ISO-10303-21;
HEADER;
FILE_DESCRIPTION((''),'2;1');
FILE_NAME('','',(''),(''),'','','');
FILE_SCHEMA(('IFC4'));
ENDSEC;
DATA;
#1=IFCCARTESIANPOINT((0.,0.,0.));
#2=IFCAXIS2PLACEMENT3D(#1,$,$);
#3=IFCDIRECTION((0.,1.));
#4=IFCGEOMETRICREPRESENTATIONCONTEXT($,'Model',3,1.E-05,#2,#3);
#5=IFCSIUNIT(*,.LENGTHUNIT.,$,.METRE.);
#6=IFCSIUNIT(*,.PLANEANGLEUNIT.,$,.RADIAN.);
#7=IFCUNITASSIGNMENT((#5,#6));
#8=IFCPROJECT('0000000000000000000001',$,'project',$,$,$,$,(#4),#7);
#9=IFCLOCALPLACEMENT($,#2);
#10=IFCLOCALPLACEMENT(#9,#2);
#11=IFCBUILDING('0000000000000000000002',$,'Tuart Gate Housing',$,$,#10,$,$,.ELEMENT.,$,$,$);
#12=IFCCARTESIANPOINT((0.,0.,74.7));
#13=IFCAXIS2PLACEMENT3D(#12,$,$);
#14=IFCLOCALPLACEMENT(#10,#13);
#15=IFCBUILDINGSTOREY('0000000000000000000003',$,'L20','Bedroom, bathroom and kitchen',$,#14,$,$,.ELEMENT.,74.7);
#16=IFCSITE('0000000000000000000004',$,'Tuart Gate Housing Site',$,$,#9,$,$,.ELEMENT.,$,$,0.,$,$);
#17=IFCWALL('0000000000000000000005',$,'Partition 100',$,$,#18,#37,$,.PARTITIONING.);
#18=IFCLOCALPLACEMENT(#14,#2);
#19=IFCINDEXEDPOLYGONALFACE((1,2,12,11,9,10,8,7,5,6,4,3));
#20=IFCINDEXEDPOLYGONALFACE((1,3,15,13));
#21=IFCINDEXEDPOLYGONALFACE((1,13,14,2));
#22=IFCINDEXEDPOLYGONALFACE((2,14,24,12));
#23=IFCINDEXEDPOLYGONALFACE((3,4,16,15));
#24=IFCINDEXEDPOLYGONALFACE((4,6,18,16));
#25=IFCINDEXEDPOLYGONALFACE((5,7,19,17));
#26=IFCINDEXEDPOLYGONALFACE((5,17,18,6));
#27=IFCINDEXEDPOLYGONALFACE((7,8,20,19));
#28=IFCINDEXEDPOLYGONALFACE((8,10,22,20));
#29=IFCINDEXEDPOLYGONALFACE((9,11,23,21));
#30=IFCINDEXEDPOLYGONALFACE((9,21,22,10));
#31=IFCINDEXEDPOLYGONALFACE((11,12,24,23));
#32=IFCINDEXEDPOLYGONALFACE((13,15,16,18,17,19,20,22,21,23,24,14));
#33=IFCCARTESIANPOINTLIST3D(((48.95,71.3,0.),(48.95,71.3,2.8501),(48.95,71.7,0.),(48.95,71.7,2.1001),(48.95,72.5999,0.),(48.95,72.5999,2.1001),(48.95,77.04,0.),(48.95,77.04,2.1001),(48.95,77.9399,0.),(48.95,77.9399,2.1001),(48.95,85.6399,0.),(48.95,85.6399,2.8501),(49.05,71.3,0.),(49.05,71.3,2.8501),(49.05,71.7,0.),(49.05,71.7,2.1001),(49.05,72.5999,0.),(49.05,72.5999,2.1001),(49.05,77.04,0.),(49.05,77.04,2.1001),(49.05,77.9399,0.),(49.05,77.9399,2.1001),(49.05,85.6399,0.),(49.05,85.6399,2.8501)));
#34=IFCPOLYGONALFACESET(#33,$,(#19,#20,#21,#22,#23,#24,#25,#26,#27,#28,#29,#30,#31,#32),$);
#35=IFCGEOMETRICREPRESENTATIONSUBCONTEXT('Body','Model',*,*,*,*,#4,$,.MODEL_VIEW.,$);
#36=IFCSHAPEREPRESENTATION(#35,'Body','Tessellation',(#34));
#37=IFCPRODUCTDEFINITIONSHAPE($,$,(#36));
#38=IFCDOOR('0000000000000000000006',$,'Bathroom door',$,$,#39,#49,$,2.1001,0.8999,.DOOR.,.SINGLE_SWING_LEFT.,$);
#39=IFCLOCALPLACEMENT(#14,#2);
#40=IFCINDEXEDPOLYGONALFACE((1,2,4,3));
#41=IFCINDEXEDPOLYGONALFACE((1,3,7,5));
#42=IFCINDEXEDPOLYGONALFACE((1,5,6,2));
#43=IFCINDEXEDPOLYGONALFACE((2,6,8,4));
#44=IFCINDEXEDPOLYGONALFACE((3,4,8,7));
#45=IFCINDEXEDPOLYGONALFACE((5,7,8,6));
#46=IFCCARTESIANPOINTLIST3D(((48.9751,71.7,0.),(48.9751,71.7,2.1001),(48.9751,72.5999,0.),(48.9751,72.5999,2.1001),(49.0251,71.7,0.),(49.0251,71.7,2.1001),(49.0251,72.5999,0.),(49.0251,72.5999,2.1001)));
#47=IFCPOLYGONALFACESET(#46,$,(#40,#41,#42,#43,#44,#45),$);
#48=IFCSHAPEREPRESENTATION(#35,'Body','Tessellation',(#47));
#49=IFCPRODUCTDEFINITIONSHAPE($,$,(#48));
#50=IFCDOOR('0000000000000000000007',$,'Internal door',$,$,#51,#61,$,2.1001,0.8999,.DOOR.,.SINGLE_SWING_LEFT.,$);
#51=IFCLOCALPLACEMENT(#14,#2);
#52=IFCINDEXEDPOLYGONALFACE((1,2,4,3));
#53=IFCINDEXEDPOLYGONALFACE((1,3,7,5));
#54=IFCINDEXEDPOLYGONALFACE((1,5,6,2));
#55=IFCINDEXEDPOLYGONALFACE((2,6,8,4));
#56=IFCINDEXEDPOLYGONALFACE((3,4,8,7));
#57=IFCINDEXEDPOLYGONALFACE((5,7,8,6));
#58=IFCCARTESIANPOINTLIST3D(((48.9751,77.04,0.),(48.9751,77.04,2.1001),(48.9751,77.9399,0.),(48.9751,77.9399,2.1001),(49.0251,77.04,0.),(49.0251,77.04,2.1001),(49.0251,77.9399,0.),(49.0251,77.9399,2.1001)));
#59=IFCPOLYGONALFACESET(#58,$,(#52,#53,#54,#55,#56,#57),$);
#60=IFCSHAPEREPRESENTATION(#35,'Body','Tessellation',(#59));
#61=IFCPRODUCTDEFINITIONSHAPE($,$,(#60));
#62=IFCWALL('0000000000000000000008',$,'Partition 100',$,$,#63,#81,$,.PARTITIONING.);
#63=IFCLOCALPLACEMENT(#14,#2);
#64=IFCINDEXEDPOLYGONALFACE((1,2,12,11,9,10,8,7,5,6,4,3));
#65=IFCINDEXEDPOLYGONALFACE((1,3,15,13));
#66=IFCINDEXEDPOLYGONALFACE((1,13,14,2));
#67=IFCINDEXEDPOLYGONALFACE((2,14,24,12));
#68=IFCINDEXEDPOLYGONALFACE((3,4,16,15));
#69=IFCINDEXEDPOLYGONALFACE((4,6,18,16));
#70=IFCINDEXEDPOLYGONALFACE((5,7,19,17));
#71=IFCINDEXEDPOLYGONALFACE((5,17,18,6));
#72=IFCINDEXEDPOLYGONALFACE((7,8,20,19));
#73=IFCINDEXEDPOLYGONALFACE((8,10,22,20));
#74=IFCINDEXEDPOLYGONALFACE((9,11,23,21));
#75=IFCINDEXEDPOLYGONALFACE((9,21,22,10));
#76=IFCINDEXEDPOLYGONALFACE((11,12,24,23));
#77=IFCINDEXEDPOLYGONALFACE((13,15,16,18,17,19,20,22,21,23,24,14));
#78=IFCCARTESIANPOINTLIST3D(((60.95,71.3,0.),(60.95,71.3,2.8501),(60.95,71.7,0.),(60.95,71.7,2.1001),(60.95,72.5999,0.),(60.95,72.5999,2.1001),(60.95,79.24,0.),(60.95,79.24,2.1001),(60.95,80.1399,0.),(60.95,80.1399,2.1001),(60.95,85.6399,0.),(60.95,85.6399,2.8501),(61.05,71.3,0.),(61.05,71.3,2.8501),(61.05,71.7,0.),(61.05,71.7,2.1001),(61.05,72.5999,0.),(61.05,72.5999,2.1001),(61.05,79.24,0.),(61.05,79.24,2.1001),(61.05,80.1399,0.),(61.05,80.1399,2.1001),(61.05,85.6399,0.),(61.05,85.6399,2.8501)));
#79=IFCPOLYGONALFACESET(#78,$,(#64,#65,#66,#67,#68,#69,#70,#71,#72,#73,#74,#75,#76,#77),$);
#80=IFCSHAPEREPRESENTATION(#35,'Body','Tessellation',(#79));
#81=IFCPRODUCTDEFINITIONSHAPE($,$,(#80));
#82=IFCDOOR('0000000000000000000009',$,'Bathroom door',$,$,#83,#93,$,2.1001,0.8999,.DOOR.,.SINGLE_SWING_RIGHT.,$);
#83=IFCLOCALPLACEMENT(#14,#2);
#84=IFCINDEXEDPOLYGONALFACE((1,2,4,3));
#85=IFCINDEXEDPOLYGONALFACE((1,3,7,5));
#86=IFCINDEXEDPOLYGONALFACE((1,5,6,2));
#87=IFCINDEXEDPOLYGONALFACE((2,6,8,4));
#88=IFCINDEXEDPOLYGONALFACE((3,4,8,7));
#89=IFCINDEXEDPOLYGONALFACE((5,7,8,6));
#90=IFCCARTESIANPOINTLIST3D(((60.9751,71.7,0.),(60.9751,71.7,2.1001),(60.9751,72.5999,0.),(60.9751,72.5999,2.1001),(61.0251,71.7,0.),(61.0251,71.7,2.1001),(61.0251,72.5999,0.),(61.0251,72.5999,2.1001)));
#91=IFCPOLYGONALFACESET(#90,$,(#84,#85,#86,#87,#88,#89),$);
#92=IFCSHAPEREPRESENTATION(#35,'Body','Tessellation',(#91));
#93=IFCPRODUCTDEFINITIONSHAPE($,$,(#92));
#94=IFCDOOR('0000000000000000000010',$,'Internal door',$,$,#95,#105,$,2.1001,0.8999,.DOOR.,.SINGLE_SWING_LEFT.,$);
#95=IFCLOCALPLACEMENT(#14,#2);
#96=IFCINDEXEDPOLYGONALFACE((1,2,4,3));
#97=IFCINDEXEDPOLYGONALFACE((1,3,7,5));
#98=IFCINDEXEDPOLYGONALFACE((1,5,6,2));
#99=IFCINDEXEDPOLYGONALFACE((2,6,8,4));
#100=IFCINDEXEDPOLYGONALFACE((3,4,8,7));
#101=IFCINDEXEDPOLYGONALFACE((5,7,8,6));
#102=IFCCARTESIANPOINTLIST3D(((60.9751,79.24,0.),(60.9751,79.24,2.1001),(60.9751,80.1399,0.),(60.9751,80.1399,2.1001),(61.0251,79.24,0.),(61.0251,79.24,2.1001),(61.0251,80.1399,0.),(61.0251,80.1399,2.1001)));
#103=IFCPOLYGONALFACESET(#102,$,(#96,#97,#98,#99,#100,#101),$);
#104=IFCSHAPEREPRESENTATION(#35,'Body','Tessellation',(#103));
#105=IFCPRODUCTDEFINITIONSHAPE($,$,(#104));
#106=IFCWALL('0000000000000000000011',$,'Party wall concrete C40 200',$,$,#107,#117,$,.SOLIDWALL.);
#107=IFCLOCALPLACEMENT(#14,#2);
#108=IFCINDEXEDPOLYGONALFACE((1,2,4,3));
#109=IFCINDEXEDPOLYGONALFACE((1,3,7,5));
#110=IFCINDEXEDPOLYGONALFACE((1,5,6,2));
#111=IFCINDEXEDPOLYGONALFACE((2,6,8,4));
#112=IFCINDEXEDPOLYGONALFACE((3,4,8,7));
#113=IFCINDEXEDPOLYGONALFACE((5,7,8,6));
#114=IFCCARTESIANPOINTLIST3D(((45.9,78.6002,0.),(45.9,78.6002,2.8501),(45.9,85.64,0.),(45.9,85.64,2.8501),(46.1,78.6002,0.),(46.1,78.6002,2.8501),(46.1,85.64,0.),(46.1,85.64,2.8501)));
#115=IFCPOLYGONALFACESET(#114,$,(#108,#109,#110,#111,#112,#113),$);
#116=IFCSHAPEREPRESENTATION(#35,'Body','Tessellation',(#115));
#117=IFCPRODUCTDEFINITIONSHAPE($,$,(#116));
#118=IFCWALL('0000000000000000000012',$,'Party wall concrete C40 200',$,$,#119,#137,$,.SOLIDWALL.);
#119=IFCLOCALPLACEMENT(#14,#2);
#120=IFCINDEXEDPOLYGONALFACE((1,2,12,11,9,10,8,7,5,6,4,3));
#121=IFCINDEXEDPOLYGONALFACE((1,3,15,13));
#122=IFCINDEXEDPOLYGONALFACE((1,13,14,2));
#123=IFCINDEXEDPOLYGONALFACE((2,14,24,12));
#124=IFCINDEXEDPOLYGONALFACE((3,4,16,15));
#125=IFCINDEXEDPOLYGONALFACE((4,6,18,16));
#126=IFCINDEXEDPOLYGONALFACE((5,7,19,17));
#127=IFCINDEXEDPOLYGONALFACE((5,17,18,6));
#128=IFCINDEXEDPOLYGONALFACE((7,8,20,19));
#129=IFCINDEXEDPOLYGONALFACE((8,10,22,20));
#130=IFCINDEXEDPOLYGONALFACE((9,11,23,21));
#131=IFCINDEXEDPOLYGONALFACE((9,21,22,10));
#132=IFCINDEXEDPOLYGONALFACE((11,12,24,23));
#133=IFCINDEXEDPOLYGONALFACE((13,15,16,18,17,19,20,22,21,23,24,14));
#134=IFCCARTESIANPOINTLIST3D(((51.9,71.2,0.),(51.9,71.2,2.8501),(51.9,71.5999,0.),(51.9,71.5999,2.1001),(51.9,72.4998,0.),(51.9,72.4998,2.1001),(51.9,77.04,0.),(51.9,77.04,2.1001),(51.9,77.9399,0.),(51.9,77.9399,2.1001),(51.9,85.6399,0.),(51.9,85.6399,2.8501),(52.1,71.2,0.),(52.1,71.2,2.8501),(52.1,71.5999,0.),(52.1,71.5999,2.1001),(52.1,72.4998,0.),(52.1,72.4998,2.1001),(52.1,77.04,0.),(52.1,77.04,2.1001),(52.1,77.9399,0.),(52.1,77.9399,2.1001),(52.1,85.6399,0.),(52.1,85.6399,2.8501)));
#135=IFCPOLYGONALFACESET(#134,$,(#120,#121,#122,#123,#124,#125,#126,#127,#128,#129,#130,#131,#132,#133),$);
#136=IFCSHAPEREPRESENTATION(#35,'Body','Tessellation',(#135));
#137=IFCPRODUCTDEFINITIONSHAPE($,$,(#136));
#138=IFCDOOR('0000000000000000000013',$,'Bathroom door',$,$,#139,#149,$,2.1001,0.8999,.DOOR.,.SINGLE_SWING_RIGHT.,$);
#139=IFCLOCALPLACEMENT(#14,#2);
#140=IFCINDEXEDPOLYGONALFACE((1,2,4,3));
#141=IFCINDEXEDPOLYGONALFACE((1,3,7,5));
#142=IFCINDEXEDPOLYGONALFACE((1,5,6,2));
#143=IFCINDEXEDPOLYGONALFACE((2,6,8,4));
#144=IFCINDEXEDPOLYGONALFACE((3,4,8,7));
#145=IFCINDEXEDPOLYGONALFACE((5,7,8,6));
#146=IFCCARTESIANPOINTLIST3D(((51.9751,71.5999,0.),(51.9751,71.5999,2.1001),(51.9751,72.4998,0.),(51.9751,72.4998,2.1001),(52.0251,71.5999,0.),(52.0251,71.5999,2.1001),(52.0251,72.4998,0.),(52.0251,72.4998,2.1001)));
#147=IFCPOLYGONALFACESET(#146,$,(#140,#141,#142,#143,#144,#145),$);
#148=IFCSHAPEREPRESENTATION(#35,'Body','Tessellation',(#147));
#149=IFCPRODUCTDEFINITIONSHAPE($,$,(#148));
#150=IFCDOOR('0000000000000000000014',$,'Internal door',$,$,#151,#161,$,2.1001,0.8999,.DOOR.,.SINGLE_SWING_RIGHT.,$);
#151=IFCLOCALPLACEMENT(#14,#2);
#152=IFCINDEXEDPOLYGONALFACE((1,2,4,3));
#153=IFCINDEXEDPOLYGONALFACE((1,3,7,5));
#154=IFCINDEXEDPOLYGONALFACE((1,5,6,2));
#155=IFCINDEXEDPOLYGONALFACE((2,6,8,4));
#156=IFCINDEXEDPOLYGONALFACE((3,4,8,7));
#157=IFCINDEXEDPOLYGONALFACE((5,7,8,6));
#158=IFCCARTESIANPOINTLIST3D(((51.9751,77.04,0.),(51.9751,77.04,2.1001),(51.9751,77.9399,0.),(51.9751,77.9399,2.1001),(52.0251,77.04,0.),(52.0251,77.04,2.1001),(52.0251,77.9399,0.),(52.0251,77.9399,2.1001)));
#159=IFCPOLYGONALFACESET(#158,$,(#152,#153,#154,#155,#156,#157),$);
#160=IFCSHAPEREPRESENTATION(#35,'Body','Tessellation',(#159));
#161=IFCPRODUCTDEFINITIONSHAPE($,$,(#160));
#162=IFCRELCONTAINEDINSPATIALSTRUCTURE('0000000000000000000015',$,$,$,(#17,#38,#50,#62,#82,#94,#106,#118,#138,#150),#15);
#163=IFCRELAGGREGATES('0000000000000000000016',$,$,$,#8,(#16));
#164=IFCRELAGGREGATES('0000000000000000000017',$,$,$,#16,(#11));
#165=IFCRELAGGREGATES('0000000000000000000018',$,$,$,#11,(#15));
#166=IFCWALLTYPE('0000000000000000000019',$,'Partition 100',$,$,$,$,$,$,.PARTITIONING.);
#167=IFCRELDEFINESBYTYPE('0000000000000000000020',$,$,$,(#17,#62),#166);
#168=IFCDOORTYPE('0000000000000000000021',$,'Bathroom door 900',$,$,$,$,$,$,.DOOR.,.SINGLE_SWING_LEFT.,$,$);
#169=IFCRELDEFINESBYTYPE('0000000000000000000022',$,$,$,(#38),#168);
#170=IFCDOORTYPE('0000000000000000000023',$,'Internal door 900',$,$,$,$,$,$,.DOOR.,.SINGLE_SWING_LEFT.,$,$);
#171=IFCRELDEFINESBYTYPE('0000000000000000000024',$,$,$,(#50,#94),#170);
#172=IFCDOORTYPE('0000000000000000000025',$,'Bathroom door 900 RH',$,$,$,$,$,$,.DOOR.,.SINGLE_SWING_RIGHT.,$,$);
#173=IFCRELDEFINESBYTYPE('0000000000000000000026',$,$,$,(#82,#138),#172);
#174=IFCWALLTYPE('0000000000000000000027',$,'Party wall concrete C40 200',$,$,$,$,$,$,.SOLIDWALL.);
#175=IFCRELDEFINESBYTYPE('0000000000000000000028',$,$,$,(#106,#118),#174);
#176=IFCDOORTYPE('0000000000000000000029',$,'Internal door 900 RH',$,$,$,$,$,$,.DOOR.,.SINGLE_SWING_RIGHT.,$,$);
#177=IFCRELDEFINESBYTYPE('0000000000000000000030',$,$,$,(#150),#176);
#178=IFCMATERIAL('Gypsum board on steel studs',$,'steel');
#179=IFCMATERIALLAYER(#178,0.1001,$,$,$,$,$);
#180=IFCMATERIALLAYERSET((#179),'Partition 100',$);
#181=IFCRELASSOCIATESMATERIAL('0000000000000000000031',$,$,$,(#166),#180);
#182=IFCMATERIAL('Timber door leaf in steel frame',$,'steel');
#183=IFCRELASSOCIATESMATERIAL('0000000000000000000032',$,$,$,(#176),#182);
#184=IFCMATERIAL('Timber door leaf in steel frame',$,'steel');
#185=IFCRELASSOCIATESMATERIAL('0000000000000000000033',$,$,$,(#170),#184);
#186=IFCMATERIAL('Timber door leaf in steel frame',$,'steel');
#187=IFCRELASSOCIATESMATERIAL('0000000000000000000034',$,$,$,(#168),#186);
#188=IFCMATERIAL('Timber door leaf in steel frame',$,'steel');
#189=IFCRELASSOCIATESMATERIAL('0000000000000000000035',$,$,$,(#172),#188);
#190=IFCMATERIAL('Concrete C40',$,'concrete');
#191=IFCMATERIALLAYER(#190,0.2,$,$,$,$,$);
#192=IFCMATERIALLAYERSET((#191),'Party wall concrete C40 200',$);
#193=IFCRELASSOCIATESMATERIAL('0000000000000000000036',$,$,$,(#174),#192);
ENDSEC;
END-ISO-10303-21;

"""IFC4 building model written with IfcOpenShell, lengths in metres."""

from ifc_helpers import new_model, si_unit, direction, frame, frame_2d, origin, place, context, subcontext, project, spatial, rectangle, extrude, material, layer, layer_set, type_object, element, fill, save


model = new_model("IFC4")

# Units and contexts
model_context = context("Model", 3, precision=1e-05, world=origin(), true_north=direction((0.0, 1.0)))
body_context = subcontext(model_context, "Body", "Model", "MODEL_VIEW")
ifc_project = project(units=[si_unit("LENGTHUNIT", "METRE"), si_unit("PLANEANGLEUNIT", "RADIAN")], contexts=[model_context])

# Site, building, storey
site_placement = place(None, origin())
site = spatial("IfcSite", under=ifc_project, at=site_placement, Name="Tuart Gate Housing Site", CompositionType="ELEMENT", RefElevation=0.0)
building_placement = place(site_placement, origin())
building = spatial("IfcBuilding", under=site, at=building_placement, Name="Tuart Gate Housing", CompositionType="ELEMENT")
storey_placement = place(building_placement, frame((0.0, 0.0, 74.7)))
storey = spatial("IfcBuildingStorey", under=building, at=storey_placement, Name="L20", Description="Bedroom, bathroom and kitchen", CompositionType="ELEMENT", Elevation=74.7)

# Shared definitions
ifc_material_1 = material(Name="Gypsum board on steel studs", Category="steel")
ifc_layer_1 = layer(ifc_material_1, 0.1001)
ifc_layer_set_1 = layer_set([ifc_layer_1], Name="Partition 100")
wall_type_1 = type_object("IfcWallType", Name="Partition 100", PredefinedType="PARTITIONING", material=ifc_layer_set_1)

# Shared definitions
ifc_material_2 = material(Name="Timber door leaf in steel frame", Category="steel")
door_type_1 = type_object("IfcDoorType", Name="Internal door 900 RH", OperationType="SINGLE_SWING_RIGHT", PredefinedType="DOOR", material=ifc_material_2)
ifc_material_3 = material(Name="Timber door leaf in steel frame", Category="steel")
door_type_2 = type_object("IfcDoorType", Name="Internal door 900", OperationType="SINGLE_SWING_LEFT", PredefinedType="DOOR", material=ifc_material_3)

# Walls, openings, doors
wall_1_placement = place(storey_placement, frame((49.0, 71.3, 0.0), z_axis=(0.0, 0.0, 1.0), x_axis=(0.0, 1.0, 0.0)))
wall_1 = element("IfcWall", 1, at=wall_1_placement, inside=storey, type_object=wall_type_1, Name="Partition 100", PredefinedType="PARTITIONING", context=body_context, shape_type="SweptSolid", body=[
    extrude(rectangle(XDim=14.3398, YDim=0.1001, at=frame_2d((7.1699, 0.0))), origin(), (0.0, 0.0, 1.0), 2.8501),
])
opening_1_placement = place(wall_1_placement, frame((5.74, 0.0, 0.0)))
opening_1 = element("IfcOpeningElement", 2, at=opening_1_placement, cuts=wall_1, PredefinedType="OPENING", context=body_context, shape_type="SweptSolid", body=[
    extrude(rectangle(XDim=0.8999, YDim=2.1001, at=frame_2d((0.45, 1.05))), frame((0.0, 0.0601, 0.0), z_axis=(0.0, -1.0, 0.0), x_axis=(1.0, 0.0, 0.0)), (0.0, 0.0, 1.0), 0.1201),
])
opening_2_placement = place(wall_1_placement, frame((0.3999, 0.0, 0.0)))
opening_2 = element("IfcOpeningElement", 3, at=opening_2_placement, cuts=wall_1, PredefinedType="OPENING", context=body_context, shape_type="SweptSolid", body=[
    extrude(rectangle(XDim=0.8999, YDim=2.1001, at=frame_2d((0.45, 1.05))), frame((0.0, 0.0601, 0.0), z_axis=(0.0, -1.0, 0.0), x_axis=(1.0, 0.0, 0.0)), (0.0, 0.0, 1.0), 0.1201),
])
ifc_material_4 = material(Name="Timber door leaf in steel frame", Category="steel")
door_type_3 = type_object("IfcDoorType", Name="Bathroom door 900", OperationType="SINGLE_SWING_LEFT", PredefinedType="DOOR", material=ifc_material_4)
door_1_placement = place(opening_2_placement, origin())
door_1 = element("IfcDoor", 4, at=door_1_placement, inside=storey, type_object=door_type_3, Name="Bathroom door", OperationType="SINGLE_SWING_LEFT", OverallHeight=2.1001, OverallWidth=0.8999, PredefinedType="DOOR", context=body_context, shape_type="SweptSolid", body=[
    extrude(rectangle(XDim=0.8999, YDim=2.1001, at=frame_2d((0.45, 1.05))), frame((0.0, 0.0249, 0.0), z_axis=(0.0, -1.0, 0.0), x_axis=(1.0, 0.0, 0.0)), (0.0, 0.0, 1.0), 0.05),
])
fill(opening_2, door_1)
door_2_placement = place(opening_1_placement, origin())
door_2 = element("IfcDoor", 5, at=door_2_placement, inside=storey, type_object=door_type_2, Name="Internal door", OperationType="SINGLE_SWING_LEFT", OverallHeight=2.1001, OverallWidth=0.8999, PredefinedType="DOOR", context=body_context, shape_type="SweptSolid", body=[
    extrude(rectangle(XDim=0.8999, YDim=2.1001, at=frame_2d((0.45, 1.05))), frame((0.0, 0.0249, 0.0), z_axis=(0.0, -1.0, 0.0), x_axis=(1.0, 0.0, 0.0)), (0.0, 0.0, 1.0), 0.05),
])
fill(opening_1, door_2)
wall_2_placement = place(storey_placement, frame((61.0, 71.3, 0.0), z_axis=(0.0, 0.0, 1.0), x_axis=(0.0, 1.0, 0.0)))
wall_2 = element("IfcWall", 6, at=wall_2_placement, inside=storey, type_object=wall_type_1, Name="Partition 100", PredefinedType="PARTITIONING", context=body_context, shape_type="SweptSolid", body=[
    extrude(rectangle(XDim=14.3398, YDim=0.1001, at=frame_2d((7.1699, 0.0))), origin(), (0.0, 0.0, 1.0), 2.8501),
])
opening_3_placement = place(wall_2_placement, frame((7.9399, 0.0, 0.0)))
opening_3 = element("IfcOpeningElement", 7, at=opening_3_placement, cuts=wall_2, PredefinedType="OPENING", context=body_context, shape_type="SweptSolid", body=[
    extrude(rectangle(XDim=0.8999, YDim=2.1001, at=frame_2d((0.45, 1.05))), frame((0.0, 0.0601, 0.0), z_axis=(0.0, -1.0, 0.0), x_axis=(1.0, 0.0, 0.0)), (0.0, 0.0, 1.0), 0.1201),
])
opening_4_placement = place(wall_2_placement, frame((0.3999, 0.0, 0.0)))
opening_4 = element("IfcOpeningElement", 8, at=opening_4_placement, cuts=wall_2, PredefinedType="OPENING", context=body_context, shape_type="SweptSolid", body=[
    extrude(rectangle(XDim=0.8999, YDim=2.1001, at=frame_2d((0.45, 1.05))), frame((0.0, 0.0601, 0.0), z_axis=(0.0, -1.0, 0.0), x_axis=(1.0, 0.0, 0.0)), (0.0, 0.0, 1.0), 0.1201),
])
ifc_material_5 = material(Name="Timber door leaf in steel frame", Category="steel")
door_type_4 = type_object("IfcDoorType", Name="Bathroom door 900 RH", OperationType="SINGLE_SWING_RIGHT", PredefinedType="DOOR", material=ifc_material_5)
door_3_placement = place(opening_4_placement, frame((0.8999, 0.0, 0.0), z_axis=(0.0, 0.0, 1.0), x_axis=(-1.0, 0.0, 0.0)))
door_3 = element("IfcDoor", 9, at=door_3_placement, inside=storey, type_object=door_type_4, Name="Bathroom door", OperationType="SINGLE_SWING_RIGHT", OverallHeight=2.1001, OverallWidth=0.8999, PredefinedType="DOOR", context=body_context, shape_type="SweptSolid", body=[
    extrude(rectangle(XDim=0.8999, YDim=2.1001, at=frame_2d((0.45, 1.05))), frame((0.0, 0.0251, 0.0), z_axis=(0.0, -1.0, 0.0), x_axis=(1.0, 0.0, 0.0)), (0.0, 0.0, 1.0), 0.05),
])
fill(opening_4, door_3)
door_4_placement = place(opening_3_placement, frame((0.8999, 0.0, 0.0), z_axis=(0.0, 0.0, 1.0), x_axis=(-1.0, 0.0, 0.0)))
door_4 = element("IfcDoor", 10, at=door_4_placement, inside=storey, type_object=door_type_2, Name="Internal door", OperationType="SINGLE_SWING_LEFT", OverallHeight=2.1001, OverallWidth=0.8999, PredefinedType="DOOR", context=body_context, shape_type="SweptSolid", body=[
    extrude(rectangle(XDim=0.8999, YDim=2.1001, at=frame_2d((0.45, 1.05))), frame((0.0, 0.0251, 0.0), z_axis=(0.0, -1.0, 0.0), x_axis=(1.0, 0.0, 0.0)), (0.0, 0.0, 1.0), 0.05),
])
fill(opening_3, door_4)

# Wall
ifc_material_6 = material(Name="Concrete C40", Category="concrete")
ifc_layer_2 = layer(ifc_material_6, 0.2)
ifc_layer_set_2 = layer_set([ifc_layer_2], Name="Party wall concrete C40 200")
wall_type_2 = type_object("IfcWallType", Name="Party wall concrete C40 200", PredefinedType="SOLIDWALL", material=ifc_layer_set_2)
wall_3_placement = place(storey_placement, frame((46.0, 78.6001, 0.0), z_axis=(0.0, 0.0, 1.0), x_axis=(0.0, 1.0, 0.0)))
element("IfcWall", 11, at=wall_3_placement, inside=storey, type_object=wall_type_2, Name="Party wall concrete C40 200", PredefinedType="SOLIDWALL", context=body_context, shape_type="SweptSolid", body=[
    extrude(rectangle(XDim=7.0398, YDim=0.2, at=frame_2d((3.52, 0.0))), origin(), (0.0, 0.0, 1.0), 2.8501),
])

# Wall, openings, doors
wall_4_placement = place(storey_placement, frame((52.0, 71.2, 0.0), z_axis=(0.0, 0.0, 1.0), x_axis=(0.0, 1.0, 0.0)))
wall_4 = element("IfcWall", 12, at=wall_4_placement, inside=storey, type_object=wall_type_2, Name="Party wall concrete C40 200", PredefinedType="SOLIDWALL", context=body_context, shape_type="SweptSolid", body=[
    extrude(rectangle(XDim=14.4399, YDim=0.2, at=frame_2d((7.22, 0.0))), origin(), (0.0, 0.0, 1.0), 2.8501),
])
opening_5_placement = place(wall_4_placement, frame((5.8401, 0.0, 0.0)))
opening_5 = element("IfcOpeningElement", 13, at=opening_5_placement, cuts=wall_4, PredefinedType="OPENING", context=body_context, shape_type="SweptSolid", body=[
    extrude(rectangle(XDim=0.8999, YDim=2.1001, at=frame_2d((0.45, 1.05))), frame((0.0, 0.1099, 0.0), z_axis=(0.0, -1.0, 0.0), x_axis=(1.0, 0.0, 0.0)), (0.0, 0.0, 1.0), 0.22),
])
opening_6_placement = place(wall_4_placement, frame((0.3999, 0.0, 0.0)))
opening_6 = element("IfcOpeningElement", 14, at=opening_6_placement, cuts=wall_4, PredefinedType="OPENING", context=body_context, shape_type="SweptSolid", body=[
    extrude(rectangle(XDim=0.8999, YDim=2.1001, at=frame_2d((0.45, 1.05))), frame((0.0, 0.1099, 0.0), z_axis=(0.0, -1.0, 0.0), x_axis=(1.0, 0.0, 0.0)), (0.0, 0.0, 1.0), 0.22),
])
door_5_placement = place(opening_6_placement, frame((0.8999, 0.0, 0.0), z_axis=(0.0, 0.0, 1.0), x_axis=(-1.0, 0.0, 0.0)))
door_5 = element("IfcDoor", 15, at=door_5_placement, inside=storey, type_object=door_type_4, Name="Bathroom door", OperationType="SINGLE_SWING_RIGHT", OverallHeight=2.1001, OverallWidth=0.8999, PredefinedType="DOOR", context=body_context, shape_type="SweptSolid", body=[
    extrude(rectangle(XDim=0.8999, YDim=2.1001, at=frame_2d((0.45, 1.05))), frame((0.0, 0.0251, 0.0), z_axis=(0.0, -1.0, 0.0), x_axis=(1.0, 0.0, 0.0)), (0.0, 0.0, 1.0), 0.05),
])
fill(opening_6, door_5)
door_6_placement = place(opening_5_placement, frame((0.8999, 0.0, 0.0), z_axis=(0.0, 0.0, 1.0), x_axis=(-1.0, 0.0, 0.0)))
door_6 = element("IfcDoor", 16, at=door_6_placement, inside=storey, type_object=door_type_1, Name="Internal door", OperationType="SINGLE_SWING_RIGHT", OverallHeight=2.1001, OverallWidth=0.8999, PredefinedType="DOOR", context=body_context, shape_type="SweptSolid", body=[
    extrude(rectangle(XDim=0.8999, YDim=2.1001, at=frame_2d((0.45, 1.05))), frame((0.0, 0.0251, 0.0), z_axis=(0.0, -1.0, 0.0), x_axis=(1.0, 0.0, 0.0)), (0.0, 0.0, 1.0), 0.05),
])
fill(opening_5, door_6)

save(model, "model.ifc")
